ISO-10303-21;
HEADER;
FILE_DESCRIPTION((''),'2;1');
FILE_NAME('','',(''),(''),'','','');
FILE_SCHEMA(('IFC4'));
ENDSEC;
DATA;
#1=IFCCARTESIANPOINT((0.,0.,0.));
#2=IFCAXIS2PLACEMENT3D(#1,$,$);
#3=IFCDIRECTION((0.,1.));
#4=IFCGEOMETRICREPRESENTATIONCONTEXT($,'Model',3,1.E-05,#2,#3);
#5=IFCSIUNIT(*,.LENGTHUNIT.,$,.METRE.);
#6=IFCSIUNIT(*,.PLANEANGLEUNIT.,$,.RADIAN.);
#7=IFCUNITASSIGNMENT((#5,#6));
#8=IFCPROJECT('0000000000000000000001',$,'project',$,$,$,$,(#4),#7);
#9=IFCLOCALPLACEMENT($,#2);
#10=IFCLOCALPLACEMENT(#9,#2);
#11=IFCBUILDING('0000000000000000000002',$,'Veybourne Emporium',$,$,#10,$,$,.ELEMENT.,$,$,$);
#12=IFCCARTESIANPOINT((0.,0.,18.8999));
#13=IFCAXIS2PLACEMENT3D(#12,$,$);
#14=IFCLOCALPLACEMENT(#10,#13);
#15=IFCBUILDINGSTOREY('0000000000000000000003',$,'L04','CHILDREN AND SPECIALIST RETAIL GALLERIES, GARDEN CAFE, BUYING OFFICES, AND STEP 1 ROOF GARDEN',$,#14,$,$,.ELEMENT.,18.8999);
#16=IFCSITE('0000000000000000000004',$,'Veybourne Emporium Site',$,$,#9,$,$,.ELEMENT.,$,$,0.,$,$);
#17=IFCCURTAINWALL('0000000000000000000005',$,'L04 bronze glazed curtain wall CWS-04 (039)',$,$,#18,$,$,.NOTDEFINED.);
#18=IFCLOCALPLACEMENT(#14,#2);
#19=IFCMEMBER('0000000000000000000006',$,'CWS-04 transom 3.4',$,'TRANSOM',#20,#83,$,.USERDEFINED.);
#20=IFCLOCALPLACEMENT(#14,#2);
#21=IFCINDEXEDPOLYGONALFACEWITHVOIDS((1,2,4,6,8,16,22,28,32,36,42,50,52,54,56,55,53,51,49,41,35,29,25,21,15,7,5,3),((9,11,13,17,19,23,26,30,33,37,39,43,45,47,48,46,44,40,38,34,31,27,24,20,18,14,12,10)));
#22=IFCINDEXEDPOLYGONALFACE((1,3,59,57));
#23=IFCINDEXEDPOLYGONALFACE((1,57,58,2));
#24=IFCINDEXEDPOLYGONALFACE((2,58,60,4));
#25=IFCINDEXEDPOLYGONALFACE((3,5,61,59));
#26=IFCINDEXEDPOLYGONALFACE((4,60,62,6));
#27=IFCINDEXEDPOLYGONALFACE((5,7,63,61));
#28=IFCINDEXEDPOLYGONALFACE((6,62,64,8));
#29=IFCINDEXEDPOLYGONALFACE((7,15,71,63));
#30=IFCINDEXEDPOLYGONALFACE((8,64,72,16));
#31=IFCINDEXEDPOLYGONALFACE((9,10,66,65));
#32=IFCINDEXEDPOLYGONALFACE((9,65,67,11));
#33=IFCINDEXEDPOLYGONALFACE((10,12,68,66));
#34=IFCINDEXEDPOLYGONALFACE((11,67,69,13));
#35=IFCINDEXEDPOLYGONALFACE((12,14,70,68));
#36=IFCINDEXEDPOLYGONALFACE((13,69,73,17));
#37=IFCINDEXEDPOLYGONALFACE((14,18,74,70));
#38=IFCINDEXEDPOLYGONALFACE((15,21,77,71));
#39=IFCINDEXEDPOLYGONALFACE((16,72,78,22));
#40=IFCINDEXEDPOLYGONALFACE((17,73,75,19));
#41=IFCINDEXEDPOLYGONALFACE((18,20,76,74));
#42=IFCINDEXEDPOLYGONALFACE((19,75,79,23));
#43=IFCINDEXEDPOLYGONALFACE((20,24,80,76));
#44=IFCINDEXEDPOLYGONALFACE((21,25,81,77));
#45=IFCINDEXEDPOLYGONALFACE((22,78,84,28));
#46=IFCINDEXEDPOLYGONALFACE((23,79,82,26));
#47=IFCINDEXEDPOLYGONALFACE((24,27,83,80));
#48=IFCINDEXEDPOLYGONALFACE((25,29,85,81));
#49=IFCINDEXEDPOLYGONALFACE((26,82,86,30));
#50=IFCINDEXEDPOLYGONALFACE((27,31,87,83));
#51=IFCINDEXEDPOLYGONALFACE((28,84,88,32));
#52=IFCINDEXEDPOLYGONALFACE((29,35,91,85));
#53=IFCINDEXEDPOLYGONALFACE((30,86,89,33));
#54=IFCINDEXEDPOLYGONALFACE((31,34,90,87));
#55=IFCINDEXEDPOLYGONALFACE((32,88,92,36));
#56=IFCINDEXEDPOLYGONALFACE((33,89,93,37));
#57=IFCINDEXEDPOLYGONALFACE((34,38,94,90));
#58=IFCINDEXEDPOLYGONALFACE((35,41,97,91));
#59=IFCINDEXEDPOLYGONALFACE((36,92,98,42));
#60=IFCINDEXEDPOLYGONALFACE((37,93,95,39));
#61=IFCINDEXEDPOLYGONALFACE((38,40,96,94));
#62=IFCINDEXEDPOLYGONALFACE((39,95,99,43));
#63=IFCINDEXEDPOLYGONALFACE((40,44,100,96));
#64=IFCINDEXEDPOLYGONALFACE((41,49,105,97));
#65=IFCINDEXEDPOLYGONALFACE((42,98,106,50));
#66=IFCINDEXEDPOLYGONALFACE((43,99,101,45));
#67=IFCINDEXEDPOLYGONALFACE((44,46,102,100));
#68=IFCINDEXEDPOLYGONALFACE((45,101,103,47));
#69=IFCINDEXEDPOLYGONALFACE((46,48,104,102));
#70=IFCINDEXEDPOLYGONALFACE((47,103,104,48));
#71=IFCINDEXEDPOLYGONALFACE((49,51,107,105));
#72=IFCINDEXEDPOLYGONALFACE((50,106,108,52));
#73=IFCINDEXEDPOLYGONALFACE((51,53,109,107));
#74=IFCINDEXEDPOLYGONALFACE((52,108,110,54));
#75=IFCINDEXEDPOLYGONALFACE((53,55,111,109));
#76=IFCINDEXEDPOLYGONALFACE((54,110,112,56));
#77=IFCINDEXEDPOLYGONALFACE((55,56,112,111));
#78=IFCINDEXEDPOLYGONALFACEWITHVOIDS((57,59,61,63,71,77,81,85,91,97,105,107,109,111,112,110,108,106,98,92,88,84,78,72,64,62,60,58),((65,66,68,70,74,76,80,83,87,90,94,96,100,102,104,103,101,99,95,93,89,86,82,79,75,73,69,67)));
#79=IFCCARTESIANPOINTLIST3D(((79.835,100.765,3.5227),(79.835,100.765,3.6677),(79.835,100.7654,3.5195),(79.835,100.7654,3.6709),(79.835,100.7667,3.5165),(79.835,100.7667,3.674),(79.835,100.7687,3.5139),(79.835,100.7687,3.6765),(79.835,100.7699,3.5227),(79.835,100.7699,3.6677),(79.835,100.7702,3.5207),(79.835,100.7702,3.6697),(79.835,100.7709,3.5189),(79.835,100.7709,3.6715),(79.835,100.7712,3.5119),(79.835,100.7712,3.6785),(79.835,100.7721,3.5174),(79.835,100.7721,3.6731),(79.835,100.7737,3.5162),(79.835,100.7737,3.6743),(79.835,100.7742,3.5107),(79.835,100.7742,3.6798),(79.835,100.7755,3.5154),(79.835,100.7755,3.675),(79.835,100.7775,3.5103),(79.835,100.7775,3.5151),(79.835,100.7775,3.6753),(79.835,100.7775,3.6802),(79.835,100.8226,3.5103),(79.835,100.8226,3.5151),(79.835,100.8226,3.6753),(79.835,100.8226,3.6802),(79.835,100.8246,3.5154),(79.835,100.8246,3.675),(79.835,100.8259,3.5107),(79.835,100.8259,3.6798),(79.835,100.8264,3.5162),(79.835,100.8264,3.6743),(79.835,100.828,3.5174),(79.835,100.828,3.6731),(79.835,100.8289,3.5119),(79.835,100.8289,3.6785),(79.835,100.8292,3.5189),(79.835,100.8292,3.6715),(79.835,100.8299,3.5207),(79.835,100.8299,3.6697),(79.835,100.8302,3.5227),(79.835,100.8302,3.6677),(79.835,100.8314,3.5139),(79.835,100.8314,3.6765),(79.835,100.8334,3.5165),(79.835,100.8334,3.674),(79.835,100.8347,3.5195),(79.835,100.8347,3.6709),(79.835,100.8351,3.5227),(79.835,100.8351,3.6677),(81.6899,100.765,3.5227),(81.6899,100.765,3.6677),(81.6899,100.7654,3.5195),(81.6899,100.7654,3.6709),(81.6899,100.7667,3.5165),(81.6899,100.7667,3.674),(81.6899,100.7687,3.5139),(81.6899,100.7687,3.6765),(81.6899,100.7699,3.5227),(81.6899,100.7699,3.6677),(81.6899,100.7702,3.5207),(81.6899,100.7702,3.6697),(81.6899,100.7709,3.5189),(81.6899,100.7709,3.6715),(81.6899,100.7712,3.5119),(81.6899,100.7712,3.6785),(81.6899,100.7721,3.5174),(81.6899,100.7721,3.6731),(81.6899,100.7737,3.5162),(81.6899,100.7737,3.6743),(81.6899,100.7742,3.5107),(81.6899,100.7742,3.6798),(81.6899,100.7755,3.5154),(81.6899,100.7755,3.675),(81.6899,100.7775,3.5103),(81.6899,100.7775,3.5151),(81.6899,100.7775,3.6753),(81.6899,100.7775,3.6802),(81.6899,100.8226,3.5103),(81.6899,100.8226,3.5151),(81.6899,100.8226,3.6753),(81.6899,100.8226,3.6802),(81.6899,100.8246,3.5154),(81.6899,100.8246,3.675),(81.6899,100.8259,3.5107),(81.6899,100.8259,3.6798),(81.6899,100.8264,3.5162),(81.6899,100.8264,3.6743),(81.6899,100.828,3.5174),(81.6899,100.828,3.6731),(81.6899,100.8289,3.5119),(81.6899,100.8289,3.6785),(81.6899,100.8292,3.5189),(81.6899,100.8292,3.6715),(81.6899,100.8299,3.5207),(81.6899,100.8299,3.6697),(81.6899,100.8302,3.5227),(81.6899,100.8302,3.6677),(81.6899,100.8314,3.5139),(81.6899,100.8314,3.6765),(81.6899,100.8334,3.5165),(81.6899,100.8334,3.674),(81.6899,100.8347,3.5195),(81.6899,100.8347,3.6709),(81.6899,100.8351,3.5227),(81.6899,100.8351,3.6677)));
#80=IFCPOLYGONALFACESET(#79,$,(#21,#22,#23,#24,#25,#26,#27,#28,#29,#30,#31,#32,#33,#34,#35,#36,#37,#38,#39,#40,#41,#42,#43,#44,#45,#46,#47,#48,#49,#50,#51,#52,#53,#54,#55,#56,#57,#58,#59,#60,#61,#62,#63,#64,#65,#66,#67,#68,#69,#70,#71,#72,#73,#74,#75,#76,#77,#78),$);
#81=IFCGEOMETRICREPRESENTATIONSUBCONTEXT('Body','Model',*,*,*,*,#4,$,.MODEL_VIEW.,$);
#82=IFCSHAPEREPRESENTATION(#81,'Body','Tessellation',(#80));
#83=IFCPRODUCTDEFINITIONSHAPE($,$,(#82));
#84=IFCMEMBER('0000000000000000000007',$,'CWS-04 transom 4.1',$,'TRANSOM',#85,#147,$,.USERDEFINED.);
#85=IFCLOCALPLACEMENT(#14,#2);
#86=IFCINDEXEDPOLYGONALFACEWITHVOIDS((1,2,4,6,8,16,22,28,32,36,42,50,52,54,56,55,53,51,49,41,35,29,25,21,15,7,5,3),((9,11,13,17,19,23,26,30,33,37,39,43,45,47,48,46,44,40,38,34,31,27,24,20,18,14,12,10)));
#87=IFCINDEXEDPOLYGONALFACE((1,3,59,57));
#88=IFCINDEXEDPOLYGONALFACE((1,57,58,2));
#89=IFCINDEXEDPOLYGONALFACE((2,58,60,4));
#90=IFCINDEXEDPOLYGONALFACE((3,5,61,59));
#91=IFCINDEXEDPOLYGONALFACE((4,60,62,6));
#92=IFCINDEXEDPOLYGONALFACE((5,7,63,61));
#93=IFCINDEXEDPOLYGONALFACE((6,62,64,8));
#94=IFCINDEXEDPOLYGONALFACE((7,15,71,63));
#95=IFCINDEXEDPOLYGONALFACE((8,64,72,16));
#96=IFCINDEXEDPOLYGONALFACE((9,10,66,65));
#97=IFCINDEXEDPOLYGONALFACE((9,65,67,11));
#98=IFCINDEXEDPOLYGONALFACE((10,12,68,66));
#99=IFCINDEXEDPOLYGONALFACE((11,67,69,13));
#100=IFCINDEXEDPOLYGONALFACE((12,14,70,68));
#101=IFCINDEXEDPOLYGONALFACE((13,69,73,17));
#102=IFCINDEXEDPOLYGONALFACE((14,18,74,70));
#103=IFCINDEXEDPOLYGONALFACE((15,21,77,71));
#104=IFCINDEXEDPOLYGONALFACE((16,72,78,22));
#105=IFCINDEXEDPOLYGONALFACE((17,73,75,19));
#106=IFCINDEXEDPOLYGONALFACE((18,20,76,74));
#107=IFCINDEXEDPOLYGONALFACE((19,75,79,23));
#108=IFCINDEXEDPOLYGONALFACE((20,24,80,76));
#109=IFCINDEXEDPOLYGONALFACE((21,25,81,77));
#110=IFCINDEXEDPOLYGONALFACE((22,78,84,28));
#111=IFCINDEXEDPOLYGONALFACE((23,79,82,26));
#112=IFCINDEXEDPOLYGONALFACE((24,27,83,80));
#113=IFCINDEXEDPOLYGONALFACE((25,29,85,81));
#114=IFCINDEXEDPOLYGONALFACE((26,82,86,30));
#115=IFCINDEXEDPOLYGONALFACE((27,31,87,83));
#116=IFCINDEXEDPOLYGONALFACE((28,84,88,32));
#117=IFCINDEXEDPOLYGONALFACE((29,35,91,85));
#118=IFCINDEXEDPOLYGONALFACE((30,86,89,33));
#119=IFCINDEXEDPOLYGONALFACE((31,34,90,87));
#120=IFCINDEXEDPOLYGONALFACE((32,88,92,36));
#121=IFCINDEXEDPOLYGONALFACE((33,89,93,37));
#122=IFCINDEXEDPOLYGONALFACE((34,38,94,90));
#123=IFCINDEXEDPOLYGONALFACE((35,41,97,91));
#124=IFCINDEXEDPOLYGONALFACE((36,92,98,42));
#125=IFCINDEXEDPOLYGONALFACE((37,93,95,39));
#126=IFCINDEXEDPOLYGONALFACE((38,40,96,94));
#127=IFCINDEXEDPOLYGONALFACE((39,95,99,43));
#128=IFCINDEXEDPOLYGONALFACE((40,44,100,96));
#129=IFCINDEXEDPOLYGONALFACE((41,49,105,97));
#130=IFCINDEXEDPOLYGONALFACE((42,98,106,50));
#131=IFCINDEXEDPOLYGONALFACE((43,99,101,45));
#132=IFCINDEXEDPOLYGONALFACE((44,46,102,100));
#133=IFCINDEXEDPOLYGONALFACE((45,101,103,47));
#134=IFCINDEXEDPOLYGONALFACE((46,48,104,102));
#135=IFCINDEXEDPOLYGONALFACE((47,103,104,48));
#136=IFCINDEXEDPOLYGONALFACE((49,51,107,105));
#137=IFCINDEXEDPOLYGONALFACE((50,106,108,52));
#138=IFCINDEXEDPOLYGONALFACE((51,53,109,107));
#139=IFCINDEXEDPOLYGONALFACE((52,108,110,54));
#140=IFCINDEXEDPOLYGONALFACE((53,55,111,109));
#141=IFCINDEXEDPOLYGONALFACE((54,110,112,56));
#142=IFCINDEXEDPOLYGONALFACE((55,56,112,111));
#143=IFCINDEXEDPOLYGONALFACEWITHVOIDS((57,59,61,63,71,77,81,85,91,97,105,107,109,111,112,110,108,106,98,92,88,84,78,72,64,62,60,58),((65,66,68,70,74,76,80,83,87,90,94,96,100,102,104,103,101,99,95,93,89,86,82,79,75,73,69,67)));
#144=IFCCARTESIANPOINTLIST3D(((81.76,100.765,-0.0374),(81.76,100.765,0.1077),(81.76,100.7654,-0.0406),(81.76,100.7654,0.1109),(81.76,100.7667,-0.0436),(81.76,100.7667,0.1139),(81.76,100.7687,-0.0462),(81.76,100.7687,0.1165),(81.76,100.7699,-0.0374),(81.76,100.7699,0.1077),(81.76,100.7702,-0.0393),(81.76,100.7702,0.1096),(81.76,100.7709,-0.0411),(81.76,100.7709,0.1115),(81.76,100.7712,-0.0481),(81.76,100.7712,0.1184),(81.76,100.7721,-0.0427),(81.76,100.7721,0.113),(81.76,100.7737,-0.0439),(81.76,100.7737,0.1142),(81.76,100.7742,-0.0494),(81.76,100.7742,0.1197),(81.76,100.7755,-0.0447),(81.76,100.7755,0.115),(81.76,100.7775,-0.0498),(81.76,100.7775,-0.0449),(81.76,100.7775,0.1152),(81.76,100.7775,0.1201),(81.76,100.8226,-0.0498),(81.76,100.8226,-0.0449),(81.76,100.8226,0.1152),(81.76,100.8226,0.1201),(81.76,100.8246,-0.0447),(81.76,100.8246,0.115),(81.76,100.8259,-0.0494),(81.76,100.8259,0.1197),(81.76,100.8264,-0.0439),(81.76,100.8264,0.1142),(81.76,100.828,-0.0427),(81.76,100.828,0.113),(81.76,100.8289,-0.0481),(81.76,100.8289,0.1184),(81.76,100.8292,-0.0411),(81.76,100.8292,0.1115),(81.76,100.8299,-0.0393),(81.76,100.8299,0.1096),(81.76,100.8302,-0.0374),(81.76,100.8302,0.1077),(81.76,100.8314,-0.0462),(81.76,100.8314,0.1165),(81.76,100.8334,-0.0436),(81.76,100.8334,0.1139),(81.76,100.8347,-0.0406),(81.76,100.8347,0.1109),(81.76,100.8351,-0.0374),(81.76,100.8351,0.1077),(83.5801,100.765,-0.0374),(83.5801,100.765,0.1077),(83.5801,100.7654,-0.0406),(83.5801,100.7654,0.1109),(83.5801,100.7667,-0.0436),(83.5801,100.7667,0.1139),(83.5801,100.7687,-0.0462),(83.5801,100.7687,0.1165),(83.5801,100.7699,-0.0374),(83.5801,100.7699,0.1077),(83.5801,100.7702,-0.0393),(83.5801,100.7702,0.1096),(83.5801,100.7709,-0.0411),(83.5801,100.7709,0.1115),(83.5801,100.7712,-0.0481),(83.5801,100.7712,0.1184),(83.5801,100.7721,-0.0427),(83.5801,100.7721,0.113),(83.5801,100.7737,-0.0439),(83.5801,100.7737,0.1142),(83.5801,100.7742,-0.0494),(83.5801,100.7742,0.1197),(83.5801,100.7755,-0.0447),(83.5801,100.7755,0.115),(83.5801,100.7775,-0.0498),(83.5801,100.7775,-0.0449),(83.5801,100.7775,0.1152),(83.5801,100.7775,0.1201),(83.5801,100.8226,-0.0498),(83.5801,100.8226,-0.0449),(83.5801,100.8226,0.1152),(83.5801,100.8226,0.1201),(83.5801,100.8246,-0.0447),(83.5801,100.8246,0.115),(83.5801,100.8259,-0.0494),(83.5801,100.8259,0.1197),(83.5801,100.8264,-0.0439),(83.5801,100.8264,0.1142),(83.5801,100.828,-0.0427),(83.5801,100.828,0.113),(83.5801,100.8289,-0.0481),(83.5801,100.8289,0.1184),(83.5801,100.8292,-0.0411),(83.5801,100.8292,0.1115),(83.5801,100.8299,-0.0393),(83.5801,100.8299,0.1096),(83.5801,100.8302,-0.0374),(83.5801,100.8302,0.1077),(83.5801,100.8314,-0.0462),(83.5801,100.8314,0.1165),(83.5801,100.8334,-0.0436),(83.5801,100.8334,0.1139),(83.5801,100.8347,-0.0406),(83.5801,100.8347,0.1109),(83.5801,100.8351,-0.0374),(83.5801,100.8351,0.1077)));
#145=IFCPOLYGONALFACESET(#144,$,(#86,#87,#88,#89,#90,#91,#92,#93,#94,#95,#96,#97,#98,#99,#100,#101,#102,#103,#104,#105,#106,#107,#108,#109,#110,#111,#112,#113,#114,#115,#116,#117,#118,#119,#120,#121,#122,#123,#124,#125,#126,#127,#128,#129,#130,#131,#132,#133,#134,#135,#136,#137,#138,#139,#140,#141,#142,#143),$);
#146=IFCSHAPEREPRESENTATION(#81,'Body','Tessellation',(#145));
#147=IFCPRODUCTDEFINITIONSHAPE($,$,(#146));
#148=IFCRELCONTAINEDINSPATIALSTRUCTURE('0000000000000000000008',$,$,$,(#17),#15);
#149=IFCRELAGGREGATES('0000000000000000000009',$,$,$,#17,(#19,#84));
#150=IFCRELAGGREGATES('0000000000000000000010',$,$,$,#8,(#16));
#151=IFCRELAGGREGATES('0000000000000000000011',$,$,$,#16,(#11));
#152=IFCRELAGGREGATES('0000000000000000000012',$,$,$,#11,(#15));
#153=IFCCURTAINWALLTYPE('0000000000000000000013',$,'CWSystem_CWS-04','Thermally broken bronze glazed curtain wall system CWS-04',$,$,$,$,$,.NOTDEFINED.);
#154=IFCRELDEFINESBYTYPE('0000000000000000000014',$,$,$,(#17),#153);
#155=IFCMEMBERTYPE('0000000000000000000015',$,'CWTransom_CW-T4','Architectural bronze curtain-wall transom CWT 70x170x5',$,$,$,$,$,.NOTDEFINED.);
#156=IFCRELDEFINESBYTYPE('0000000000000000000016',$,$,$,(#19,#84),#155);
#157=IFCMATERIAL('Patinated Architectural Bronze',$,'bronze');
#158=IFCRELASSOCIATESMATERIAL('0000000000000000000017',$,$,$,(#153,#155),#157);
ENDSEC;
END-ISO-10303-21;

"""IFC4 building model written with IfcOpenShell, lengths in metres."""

from ifc_helpers import new_model, si_unit, direction, frame, origin, origin_2d, place, context, subcontext, project, spatial, hollow_rectangle, extrude, material, material_profile, profile_set, type_object, element, aggregate, save


model = new_model("IFC4")

# Units and contexts
model_context = context("Model", 3, precision=1e-05, world=origin(), true_north=direction((0.0, 1.0)))
body_context = subcontext(model_context, "Body", "Model", "MODEL_VIEW")
ifc_project = project(units=[si_unit("LENGTHUNIT", "METRE"), si_unit("PLANEANGLEUNIT", "RADIAN")], contexts=[model_context])

# Site, building, storey
site_placement = place(None, origin())
site = spatial("IfcSite", under=ifc_project, at=site_placement, Name="Veybourne Emporium Site", CompositionType="ELEMENT", RefElevation=0.0)
building_placement = place(site_placement, origin())
building = spatial("IfcBuilding", under=site, at=building_placement, Name="Veybourne Emporium", CompositionType="ELEMENT")
storey_placement = place(building_placement, frame((0.0, 0.0, 18.8999)))
storey = spatial("IfcBuildingStorey", under=building, at=storey_placement, Name="L04", Description="CHILDREN AND SPECIALIST RETAIL GALLERIES, GARDEN CAFE, BUYING OFFICES, AND STEP 1 ROOF GARDEN", CompositionType="ELEMENT", Elevation=18.8999)

# Curtain wall, members
ifc_material_1 = material(Name="Patinated Architectural Bronze", Category="bronze")
curtain_wall_type = type_object("IfcCurtainWallType", Name="CWSystem_CWS-04", Description="Thermally broken bronze glazed curtain wall system CWS-04", PredefinedType="NOTDEFINED", material=ifc_material_1)
curtain_wall_placement = place(storey_placement, origin())
curtain_wall = element("IfcCurtainWall", 1, at=curtain_wall_placement, inside=storey, type_object=curtain_wall_type, Name="L04 bronze glazed curtain wall CWS-04 (039)", PredefinedType="NOTDEFINED")
ifc_material_profile_1 = material_profile(ifc_material_1, hollow_rectangle(XDim=0.0701, YDim=0.1699, WallThickness=0.0049, InnerFilletRadius=0.0076, OuterFilletRadius=0.0125, at=origin_2d()), Name="CWT 70x170x5")
ifc_profile_set_1 = profile_set([ifc_material_profile_1], Name="Patinated Architectural Bronze")
member_type_1 = type_object("IfcMemberType", Name="CWTransom_CW-T4", Description="Architectural bronze curtain-wall transom CWT 70x170x5", PredefinedType="NOTDEFINED", material=ifc_profile_set_1)
member_1_placement = place(storey_placement, frame((79.835, 100.8, 3.5952), z_axis=(1.0, 0.0, 0.0), x_axis=(0.0, 1.0, 0.0)))
member_1 = element("IfcMember", 2, at=member_1_placement, type_object=member_type_1, Name="CWS-04 transom 3.4", ObjectType="TRANSOM", PredefinedType="USERDEFINED", context=body_context, shape_type="SweptSolid", body=[
    extrude(hollow_rectangle(XDim=0.0701, YDim=0.1699, WallThickness=0.0049, InnerFilletRadius=0.0076, OuterFilletRadius=0.0125, at=origin_2d()), origin(), (0.0, 0.0, 1.0), 1.855),
])
member_2_placement = place(storey_placement, frame((81.76, 100.8, 0.0352), z_axis=(1.0, 0.0, 0.0), x_axis=(0.0, 1.0, 0.0)))
member_2 = element("IfcMember", 3, at=member_2_placement, type_object=member_type_1, Name="CWS-04 transom 4.1", ObjectType="TRANSOM", PredefinedType="USERDEFINED", context=body_context, shape_type="SweptSolid", body=[
    extrude(hollow_rectangle(XDim=0.0701, YDim=0.1699, WallThickness=0.0049, InnerFilletRadius=0.0076, OuterFilletRadius=0.0125, at=origin_2d()), origin(), (0.0, 0.0, 1.0), 1.8201),
])
aggregate(curtain_wall, [member_1, member_2])

save(model, "model.ifc")
